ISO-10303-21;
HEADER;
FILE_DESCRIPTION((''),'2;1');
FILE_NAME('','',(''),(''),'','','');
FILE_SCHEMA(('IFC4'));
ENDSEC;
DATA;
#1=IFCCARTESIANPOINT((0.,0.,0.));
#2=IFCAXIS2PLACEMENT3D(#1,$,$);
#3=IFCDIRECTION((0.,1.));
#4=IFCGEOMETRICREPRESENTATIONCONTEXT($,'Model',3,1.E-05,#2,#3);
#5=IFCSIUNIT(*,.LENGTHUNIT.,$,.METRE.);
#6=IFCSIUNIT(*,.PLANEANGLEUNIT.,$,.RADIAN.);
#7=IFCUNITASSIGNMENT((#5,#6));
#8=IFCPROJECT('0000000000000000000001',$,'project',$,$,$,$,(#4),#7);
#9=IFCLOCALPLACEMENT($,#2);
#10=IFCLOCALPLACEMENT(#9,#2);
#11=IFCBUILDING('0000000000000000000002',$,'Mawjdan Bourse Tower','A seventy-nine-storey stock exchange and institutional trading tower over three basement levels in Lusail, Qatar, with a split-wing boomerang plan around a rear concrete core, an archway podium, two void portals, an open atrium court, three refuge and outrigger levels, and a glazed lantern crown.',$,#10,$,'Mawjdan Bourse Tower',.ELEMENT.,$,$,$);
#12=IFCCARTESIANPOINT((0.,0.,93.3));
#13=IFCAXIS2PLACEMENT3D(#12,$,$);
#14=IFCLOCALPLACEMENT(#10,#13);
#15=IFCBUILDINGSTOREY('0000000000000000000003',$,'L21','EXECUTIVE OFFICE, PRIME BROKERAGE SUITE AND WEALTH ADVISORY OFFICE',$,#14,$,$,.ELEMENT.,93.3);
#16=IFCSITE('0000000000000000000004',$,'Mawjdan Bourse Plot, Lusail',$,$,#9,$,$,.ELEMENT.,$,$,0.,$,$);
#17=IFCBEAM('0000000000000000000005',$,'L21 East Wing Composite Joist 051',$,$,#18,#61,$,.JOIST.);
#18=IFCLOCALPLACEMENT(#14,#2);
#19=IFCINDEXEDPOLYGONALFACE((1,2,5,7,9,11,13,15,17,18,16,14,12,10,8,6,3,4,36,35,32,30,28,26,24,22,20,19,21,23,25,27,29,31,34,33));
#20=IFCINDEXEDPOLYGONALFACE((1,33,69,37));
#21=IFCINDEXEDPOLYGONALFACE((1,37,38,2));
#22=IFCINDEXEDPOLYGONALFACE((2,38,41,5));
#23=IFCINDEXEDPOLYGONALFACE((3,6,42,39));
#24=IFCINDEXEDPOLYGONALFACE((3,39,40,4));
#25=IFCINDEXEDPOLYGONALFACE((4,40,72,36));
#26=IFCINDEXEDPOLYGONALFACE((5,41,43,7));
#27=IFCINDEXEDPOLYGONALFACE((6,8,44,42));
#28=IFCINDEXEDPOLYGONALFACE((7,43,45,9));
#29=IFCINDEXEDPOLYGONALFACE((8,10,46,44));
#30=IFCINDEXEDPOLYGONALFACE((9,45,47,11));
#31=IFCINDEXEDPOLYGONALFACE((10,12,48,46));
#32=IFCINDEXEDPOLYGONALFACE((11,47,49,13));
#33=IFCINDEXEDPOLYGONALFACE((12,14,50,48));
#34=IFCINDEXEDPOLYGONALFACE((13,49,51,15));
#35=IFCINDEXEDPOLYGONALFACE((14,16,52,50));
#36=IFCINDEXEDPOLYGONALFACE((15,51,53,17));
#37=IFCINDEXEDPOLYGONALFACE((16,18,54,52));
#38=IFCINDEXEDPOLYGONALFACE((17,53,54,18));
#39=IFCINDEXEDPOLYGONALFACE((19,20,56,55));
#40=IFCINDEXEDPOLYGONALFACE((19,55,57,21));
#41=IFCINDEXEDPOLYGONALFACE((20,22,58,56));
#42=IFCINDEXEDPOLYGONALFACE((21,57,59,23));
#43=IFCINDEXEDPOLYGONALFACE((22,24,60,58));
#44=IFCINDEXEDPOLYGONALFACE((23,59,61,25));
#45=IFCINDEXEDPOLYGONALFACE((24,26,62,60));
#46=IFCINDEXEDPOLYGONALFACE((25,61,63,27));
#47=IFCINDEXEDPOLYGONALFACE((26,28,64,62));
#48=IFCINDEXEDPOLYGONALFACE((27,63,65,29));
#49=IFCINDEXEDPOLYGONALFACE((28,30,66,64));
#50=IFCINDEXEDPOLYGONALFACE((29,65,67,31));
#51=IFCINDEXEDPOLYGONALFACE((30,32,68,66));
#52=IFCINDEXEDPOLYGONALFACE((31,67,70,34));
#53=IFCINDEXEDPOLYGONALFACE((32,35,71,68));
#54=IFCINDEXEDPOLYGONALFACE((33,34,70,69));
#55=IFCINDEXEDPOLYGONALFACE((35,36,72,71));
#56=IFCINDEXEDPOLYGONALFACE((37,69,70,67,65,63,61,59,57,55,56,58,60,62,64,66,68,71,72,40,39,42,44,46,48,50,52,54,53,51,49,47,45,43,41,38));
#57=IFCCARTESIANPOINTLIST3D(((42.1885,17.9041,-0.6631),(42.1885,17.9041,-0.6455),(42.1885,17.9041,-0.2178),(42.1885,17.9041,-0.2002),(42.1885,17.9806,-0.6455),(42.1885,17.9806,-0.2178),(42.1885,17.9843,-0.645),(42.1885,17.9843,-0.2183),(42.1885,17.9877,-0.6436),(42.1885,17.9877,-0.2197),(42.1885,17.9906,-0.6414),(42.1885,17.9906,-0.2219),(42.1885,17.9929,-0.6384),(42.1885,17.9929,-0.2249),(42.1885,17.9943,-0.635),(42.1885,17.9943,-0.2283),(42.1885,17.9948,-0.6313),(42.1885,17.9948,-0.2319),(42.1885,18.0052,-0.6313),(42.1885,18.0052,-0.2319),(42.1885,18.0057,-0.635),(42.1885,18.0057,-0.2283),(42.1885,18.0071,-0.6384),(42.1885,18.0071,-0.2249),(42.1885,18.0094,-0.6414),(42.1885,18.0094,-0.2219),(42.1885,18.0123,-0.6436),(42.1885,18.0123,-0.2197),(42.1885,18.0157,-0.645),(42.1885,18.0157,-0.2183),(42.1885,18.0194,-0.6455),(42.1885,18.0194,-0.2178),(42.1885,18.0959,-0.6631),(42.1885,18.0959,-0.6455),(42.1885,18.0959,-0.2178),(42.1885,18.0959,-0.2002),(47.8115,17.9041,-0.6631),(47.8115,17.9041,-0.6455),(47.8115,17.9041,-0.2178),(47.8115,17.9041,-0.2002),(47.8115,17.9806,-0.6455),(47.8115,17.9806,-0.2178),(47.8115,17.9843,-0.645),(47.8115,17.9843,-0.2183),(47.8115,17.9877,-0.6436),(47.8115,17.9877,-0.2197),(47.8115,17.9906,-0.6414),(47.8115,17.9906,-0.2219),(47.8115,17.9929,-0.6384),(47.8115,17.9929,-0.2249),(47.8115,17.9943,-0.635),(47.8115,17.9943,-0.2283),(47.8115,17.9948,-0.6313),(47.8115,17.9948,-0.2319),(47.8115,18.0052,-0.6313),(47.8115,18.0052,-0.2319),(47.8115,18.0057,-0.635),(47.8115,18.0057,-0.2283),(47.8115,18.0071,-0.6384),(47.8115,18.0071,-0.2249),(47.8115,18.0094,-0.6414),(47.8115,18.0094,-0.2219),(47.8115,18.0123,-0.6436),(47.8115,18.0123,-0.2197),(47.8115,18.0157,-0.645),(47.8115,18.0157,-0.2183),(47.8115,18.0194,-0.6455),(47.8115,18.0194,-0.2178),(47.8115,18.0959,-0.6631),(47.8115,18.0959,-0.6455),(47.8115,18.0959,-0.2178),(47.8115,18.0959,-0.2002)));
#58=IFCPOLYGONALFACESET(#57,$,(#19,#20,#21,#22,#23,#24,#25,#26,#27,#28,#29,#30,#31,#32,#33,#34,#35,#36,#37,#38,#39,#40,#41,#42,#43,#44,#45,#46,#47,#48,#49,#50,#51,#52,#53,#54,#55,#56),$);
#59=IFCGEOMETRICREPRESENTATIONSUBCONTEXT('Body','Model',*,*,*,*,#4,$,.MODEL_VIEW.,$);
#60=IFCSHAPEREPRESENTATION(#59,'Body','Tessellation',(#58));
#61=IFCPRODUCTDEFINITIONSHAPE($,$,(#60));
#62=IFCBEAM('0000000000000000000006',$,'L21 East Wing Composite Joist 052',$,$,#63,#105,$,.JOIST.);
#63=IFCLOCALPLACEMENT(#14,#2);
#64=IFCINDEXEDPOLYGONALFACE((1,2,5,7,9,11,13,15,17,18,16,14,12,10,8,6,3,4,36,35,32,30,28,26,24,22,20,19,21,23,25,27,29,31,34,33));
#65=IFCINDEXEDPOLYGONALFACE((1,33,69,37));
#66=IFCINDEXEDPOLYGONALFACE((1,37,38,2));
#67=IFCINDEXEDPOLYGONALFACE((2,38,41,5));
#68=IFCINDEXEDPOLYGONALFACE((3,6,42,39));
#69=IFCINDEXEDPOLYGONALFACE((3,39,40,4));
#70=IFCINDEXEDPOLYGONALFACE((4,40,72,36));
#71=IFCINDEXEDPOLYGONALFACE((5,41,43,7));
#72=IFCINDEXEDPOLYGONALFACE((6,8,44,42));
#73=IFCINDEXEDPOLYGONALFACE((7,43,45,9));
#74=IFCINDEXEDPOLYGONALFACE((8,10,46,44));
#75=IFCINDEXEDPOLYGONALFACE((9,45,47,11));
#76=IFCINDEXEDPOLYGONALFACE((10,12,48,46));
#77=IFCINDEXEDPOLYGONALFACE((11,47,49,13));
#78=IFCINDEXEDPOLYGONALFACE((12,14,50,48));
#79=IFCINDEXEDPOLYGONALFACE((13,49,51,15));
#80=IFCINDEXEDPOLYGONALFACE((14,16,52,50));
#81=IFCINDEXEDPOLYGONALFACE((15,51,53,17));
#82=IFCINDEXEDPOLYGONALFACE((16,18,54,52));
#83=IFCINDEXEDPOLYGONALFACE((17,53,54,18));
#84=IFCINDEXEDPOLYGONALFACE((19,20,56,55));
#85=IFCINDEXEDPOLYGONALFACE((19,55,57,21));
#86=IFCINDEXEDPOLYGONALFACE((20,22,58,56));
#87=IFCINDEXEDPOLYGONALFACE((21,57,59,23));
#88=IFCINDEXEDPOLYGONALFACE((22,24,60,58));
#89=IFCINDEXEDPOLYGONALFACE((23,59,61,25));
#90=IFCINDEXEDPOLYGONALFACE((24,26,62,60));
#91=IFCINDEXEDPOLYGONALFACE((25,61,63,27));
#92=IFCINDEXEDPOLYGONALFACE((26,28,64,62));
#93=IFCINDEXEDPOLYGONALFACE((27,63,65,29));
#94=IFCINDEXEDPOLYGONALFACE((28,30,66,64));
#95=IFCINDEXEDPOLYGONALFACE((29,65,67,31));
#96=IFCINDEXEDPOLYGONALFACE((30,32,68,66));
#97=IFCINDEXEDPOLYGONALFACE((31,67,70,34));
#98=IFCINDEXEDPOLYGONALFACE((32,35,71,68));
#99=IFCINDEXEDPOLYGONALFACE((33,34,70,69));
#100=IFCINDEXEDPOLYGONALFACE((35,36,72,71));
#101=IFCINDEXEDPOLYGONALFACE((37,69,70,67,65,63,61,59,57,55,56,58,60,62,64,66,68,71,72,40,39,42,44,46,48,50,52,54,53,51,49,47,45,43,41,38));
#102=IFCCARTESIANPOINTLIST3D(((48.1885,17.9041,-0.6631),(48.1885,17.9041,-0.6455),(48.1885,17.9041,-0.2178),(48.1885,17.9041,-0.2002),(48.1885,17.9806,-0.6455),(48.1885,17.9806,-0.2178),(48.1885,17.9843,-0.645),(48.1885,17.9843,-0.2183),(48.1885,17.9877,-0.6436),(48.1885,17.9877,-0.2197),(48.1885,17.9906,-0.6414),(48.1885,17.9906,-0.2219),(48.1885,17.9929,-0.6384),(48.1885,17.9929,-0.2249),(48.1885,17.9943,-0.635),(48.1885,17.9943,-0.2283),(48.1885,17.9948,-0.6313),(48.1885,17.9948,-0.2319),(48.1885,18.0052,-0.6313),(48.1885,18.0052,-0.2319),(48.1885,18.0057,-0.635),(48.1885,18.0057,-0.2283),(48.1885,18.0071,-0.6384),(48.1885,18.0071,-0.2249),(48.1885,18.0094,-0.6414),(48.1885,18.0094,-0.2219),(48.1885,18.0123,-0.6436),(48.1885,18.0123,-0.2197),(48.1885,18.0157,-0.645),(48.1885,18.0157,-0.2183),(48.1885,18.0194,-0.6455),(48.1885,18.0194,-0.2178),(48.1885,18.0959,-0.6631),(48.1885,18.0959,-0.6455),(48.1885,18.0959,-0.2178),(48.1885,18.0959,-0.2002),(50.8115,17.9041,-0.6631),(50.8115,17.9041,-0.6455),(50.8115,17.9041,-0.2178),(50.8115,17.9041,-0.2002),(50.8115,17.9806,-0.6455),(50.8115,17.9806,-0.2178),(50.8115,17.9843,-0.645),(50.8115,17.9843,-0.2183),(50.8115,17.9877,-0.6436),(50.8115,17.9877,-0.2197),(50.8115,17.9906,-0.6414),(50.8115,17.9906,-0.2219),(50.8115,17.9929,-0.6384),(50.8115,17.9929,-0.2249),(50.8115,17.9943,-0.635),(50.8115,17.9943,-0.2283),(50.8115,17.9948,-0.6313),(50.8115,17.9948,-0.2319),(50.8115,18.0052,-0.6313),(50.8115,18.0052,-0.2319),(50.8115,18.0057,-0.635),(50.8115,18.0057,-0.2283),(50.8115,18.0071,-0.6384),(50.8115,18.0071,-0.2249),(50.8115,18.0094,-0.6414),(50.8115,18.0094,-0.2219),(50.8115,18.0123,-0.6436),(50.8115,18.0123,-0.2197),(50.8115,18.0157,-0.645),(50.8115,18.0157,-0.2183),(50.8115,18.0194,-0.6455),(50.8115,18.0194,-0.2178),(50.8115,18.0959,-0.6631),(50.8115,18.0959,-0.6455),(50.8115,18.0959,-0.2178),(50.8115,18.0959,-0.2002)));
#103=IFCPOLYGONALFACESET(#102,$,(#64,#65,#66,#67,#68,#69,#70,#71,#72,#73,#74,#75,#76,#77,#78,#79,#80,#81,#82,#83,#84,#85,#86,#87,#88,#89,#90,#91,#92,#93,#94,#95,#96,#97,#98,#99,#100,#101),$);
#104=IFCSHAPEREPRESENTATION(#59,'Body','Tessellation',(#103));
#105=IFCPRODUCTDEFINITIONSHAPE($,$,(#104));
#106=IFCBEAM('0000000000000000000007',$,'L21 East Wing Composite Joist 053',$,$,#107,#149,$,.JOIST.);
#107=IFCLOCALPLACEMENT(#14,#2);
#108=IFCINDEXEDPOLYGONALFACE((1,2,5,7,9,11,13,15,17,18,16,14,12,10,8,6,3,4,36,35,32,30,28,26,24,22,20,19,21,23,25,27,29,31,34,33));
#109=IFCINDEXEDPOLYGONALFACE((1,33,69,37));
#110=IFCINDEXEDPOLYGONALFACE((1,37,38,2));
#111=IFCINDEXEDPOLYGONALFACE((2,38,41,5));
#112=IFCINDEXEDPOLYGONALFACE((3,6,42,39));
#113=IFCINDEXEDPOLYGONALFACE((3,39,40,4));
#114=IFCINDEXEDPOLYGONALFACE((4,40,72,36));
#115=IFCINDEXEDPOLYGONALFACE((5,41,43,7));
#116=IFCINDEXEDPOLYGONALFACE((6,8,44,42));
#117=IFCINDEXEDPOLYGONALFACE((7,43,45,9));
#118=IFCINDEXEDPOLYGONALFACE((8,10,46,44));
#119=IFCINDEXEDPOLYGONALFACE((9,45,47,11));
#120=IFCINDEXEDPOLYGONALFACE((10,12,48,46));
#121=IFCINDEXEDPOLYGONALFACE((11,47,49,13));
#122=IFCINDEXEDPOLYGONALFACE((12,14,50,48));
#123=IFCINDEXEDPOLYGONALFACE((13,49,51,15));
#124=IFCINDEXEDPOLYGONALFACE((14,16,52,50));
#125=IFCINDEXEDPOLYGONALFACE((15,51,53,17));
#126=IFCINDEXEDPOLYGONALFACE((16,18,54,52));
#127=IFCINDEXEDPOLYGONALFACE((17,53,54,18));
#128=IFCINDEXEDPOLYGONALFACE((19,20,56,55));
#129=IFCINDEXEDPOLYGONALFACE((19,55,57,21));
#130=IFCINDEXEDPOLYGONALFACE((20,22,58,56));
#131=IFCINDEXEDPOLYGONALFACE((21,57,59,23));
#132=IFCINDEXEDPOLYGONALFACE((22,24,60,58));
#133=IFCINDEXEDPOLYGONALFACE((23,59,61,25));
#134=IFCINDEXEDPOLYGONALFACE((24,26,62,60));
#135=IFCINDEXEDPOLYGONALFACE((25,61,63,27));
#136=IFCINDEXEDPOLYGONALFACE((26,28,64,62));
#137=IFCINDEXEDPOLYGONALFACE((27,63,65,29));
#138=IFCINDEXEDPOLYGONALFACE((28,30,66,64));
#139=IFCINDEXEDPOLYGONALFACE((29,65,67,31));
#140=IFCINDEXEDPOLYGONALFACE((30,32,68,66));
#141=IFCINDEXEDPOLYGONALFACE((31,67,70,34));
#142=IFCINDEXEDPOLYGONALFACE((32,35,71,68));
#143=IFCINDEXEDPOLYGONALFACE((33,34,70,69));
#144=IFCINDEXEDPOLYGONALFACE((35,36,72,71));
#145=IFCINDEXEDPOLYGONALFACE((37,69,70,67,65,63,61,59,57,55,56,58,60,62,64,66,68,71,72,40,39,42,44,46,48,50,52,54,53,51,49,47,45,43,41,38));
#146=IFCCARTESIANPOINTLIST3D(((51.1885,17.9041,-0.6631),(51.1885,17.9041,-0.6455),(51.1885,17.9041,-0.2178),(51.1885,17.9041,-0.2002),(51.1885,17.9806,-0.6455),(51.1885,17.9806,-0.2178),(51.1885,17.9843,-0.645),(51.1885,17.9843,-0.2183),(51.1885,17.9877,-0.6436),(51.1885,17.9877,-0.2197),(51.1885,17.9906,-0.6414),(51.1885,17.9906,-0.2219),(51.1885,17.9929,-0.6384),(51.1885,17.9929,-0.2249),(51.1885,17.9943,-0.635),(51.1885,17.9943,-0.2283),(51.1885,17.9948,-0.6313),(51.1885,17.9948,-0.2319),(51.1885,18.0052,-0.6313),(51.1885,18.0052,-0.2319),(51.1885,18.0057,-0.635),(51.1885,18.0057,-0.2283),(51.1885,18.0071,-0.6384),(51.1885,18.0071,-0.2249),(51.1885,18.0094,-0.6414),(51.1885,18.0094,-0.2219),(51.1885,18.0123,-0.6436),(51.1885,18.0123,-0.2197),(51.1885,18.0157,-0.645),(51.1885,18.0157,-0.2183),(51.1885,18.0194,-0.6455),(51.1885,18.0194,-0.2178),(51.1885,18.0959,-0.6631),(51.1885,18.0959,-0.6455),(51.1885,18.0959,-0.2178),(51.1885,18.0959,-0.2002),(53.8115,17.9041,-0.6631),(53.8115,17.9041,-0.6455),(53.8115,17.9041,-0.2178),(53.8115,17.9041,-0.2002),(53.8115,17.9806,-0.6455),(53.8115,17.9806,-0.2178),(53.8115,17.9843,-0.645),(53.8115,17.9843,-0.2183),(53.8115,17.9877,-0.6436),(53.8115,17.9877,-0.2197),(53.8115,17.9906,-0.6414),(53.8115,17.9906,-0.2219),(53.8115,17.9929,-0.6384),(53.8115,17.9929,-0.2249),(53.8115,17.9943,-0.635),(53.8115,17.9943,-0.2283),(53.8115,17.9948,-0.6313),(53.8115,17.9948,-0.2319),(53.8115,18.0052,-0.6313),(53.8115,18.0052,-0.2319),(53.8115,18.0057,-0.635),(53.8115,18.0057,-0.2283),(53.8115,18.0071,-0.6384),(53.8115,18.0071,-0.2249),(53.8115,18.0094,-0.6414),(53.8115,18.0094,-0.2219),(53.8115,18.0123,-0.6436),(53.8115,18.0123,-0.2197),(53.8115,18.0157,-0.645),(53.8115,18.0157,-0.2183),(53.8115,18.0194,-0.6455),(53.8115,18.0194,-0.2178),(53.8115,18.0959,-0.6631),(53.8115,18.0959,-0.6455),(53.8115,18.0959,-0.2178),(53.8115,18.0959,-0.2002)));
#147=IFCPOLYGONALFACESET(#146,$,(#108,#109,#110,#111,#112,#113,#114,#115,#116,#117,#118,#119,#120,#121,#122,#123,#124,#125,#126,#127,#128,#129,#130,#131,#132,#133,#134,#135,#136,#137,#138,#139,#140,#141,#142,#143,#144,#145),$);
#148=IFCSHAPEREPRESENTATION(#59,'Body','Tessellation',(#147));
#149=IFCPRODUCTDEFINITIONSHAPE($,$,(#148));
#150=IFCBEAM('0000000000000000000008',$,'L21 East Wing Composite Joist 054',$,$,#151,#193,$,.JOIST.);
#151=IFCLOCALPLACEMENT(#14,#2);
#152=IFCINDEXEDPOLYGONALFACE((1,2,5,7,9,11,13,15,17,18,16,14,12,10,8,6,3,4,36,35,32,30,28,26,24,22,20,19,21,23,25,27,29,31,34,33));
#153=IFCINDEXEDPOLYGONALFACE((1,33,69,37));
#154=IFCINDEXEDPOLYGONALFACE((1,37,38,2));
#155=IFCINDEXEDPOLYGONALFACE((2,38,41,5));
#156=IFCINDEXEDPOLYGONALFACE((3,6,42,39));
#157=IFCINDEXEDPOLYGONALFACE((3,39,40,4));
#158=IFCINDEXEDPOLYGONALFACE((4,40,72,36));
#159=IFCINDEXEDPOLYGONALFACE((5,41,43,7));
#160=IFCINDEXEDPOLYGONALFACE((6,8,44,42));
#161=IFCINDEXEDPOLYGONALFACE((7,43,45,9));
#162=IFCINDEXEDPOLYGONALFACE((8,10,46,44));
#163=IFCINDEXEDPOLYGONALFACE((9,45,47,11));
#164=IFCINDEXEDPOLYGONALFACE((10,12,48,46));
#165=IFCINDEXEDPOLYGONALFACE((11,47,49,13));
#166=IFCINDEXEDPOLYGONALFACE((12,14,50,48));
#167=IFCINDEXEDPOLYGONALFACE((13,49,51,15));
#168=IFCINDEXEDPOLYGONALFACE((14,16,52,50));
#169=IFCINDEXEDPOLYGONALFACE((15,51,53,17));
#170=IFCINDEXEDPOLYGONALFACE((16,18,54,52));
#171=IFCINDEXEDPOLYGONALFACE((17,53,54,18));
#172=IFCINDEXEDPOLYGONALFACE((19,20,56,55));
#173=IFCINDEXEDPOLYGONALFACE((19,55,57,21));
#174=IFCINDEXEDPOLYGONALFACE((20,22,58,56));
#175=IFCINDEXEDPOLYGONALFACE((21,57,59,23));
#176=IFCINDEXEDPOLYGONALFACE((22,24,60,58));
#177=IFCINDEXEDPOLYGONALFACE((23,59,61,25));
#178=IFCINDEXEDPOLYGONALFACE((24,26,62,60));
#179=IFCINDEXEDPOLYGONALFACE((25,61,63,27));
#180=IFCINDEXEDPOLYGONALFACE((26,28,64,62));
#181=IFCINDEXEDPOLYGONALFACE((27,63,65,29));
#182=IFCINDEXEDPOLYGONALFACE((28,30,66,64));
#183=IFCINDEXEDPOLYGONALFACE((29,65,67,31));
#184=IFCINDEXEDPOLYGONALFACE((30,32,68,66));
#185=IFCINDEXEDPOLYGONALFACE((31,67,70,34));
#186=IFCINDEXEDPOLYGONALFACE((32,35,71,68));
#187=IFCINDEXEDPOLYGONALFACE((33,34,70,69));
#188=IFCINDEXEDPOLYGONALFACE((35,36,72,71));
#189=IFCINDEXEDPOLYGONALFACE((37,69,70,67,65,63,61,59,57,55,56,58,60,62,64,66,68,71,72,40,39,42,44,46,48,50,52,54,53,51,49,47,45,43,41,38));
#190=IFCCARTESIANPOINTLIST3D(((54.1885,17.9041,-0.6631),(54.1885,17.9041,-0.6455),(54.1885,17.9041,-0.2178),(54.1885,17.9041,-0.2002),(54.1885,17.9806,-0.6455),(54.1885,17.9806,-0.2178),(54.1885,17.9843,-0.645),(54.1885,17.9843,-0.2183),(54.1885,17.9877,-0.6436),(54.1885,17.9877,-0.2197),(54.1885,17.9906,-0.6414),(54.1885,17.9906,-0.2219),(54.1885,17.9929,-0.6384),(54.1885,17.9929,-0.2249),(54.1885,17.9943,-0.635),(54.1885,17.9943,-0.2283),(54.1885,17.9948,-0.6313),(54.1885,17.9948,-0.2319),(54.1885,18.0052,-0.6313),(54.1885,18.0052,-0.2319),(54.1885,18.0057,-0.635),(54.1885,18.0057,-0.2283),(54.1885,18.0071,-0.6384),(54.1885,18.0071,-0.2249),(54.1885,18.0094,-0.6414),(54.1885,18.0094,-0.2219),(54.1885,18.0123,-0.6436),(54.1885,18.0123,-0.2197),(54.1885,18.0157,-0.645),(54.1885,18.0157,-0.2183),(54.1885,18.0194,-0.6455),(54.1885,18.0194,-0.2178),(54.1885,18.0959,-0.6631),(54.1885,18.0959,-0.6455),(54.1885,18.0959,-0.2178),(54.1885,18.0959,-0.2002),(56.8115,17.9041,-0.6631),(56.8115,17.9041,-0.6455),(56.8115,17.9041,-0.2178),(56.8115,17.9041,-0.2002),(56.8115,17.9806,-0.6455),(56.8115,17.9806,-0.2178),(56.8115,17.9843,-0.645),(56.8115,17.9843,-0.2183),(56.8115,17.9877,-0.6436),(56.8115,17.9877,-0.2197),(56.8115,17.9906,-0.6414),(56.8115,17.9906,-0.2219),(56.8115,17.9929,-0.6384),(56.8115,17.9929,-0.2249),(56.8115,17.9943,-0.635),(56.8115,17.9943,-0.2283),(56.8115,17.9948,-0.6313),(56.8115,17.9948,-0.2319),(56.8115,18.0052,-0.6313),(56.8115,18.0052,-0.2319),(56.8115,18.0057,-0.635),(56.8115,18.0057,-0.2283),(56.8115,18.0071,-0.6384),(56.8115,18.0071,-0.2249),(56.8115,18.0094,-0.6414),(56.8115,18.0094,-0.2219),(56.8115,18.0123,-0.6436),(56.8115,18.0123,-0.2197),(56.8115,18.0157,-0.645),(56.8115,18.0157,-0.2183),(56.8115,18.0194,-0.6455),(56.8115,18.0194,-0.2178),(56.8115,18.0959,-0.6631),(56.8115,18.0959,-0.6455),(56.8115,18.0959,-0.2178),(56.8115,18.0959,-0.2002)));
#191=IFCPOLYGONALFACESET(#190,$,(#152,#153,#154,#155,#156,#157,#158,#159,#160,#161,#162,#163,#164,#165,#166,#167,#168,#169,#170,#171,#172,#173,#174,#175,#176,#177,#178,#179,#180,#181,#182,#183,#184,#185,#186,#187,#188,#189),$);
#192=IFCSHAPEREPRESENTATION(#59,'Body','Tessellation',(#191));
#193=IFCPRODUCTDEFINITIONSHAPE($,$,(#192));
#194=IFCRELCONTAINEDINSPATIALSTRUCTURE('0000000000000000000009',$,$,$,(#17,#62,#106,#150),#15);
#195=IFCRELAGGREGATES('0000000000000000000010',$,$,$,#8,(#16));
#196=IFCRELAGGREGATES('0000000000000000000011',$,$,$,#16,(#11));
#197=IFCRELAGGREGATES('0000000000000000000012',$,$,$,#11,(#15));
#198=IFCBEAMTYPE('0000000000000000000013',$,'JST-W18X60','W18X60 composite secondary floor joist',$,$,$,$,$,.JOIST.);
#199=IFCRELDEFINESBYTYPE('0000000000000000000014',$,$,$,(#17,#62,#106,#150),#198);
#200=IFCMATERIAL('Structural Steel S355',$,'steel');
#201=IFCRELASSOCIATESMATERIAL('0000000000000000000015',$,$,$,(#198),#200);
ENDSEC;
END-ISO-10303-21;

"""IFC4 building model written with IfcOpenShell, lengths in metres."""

from ifc_helpers import new_model, si_unit, direction, frame, origin, origin_2d, place, context, subcontext, project, spatial, i_section, extrude, material, material_profile, profile_set, type_object, element, save


model = new_model("IFC4")

# Units and contexts
model_context = context("Model", 3, precision=1e-05, world=origin(), true_north=direction((0.0, 1.0)))
body_context = subcontext(model_context, "Body", "Model", "MODEL_VIEW")
ifc_project = project(units=[si_unit("LENGTHUNIT", "METRE"), si_unit("PLANEANGLEUNIT", "RADIAN")], contexts=[model_context])

# Site, building, storey
site_placement = place(None, origin())
site = spatial("IfcSite", under=ifc_project, at=site_placement, Name="Mawjdan Bourse Plot, Lusail", CompositionType="ELEMENT", RefElevation=0.0)
building_placement = place(site_placement, origin())
building = spatial("IfcBuilding", under=site, at=building_placement, Name="Mawjdan Bourse Tower", Description="A seventy-nine-storey stock exchange and institutional trading tower over three basement levels in Lusail, Qatar, with a split-wing boomerang plan around a rear concrete core, an archway podium, two void portals, an open atrium court, three refuge and outrigger levels, and a glazed lantern crown.", LongName="Mawjdan Bourse Tower", CompositionType="ELEMENT")
storey_placement = place(building_placement, frame((0.0, 0.0, 93.3)))
storey = spatial("IfcBuildingStorey", under=building, at=storey_placement, Name="L21", Description="EXECUTIVE OFFICE, PRIME BROKERAGE SUITE AND WEALTH ADVISORY OFFICE", CompositionType="ELEMENT", Elevation=93.3)

# Beams
ifc_material_1 = material(Name="Structural Steel S355", Category="steel")
ifc_material_profile_1 = material_profile(ifc_material_1, i_section(OverallWidth=0.1919, OverallDepth=0.4629, WebThickness=0.0105, FlangeThickness=0.0176, FilletRadius=0.0142, at=origin_2d()), Name="W18X60")
ifc_profile_set_1 = profile_set([ifc_material_profile_1], Name="Structural Steel S355")
beam_type_1 = type_object("IfcBeamType", Name="JST-W18X60", Description="W18X60 composite secondary floor joist", PredefinedType="JOIST", material=ifc_profile_set_1)
beam_1_placement = place(storey_placement, frame((42.1885, 18.0, -0.4316), z_axis=(1.0, 0.0, 0.0), x_axis=(0.0, 1.0, 0.0)))
element("IfcBeam", 1, at=beam_1_placement, inside=storey, type_object=beam_type_1, Name="L21 East Wing Composite Joist 051", PredefinedType="JOIST", context=body_context, shape_type="SweptSolid", body=[
    extrude(i_section(OverallWidth=0.1919, OverallDepth=0.4629, WebThickness=0.0105, FlangeThickness=0.0176, FilletRadius=0.0142, at=origin_2d()), origin(), (0.0, 0.0, 1.0), 5.623),
])
for number, where, z_axis, x_axis, name in (
    (2, (48.1885, 18.0, -0.4316), (1.0, 0.0, 0.0), (0.0, 1.0, 0.0), "L21 East Wing Composite Joist 052"),
    (3, (51.1885, 18.0, -0.4316), (1.0, 0.0, 0.0), (0.0, 1.0, 0.0), "L21 East Wing Composite Joist 053"),
    (4, (54.1885, 18.0, -0.4316), (1.0, 0.0, 0.0), (0.0, 1.0, 0.0), "L21 East Wing Composite Joist 054"),
):
    element("IfcBeam", number, at=place(storey_placement, frame(where, z_axis=z_axis, x_axis=x_axis)), inside=storey, type_object=beam_type_1, Name=name, PredefinedType="JOIST", context=body_context, shape_type="SweptSolid", body=[
        extrude(i_section(OverallWidth=0.1919, OverallDepth=0.4629, WebThickness=0.0105, FlangeThickness=0.0176, FilletRadius=0.0142, at=origin_2d()), origin(), (0.0, 0.0, 1.0), 2.623),
    ])

save(model, "model.ifc")
